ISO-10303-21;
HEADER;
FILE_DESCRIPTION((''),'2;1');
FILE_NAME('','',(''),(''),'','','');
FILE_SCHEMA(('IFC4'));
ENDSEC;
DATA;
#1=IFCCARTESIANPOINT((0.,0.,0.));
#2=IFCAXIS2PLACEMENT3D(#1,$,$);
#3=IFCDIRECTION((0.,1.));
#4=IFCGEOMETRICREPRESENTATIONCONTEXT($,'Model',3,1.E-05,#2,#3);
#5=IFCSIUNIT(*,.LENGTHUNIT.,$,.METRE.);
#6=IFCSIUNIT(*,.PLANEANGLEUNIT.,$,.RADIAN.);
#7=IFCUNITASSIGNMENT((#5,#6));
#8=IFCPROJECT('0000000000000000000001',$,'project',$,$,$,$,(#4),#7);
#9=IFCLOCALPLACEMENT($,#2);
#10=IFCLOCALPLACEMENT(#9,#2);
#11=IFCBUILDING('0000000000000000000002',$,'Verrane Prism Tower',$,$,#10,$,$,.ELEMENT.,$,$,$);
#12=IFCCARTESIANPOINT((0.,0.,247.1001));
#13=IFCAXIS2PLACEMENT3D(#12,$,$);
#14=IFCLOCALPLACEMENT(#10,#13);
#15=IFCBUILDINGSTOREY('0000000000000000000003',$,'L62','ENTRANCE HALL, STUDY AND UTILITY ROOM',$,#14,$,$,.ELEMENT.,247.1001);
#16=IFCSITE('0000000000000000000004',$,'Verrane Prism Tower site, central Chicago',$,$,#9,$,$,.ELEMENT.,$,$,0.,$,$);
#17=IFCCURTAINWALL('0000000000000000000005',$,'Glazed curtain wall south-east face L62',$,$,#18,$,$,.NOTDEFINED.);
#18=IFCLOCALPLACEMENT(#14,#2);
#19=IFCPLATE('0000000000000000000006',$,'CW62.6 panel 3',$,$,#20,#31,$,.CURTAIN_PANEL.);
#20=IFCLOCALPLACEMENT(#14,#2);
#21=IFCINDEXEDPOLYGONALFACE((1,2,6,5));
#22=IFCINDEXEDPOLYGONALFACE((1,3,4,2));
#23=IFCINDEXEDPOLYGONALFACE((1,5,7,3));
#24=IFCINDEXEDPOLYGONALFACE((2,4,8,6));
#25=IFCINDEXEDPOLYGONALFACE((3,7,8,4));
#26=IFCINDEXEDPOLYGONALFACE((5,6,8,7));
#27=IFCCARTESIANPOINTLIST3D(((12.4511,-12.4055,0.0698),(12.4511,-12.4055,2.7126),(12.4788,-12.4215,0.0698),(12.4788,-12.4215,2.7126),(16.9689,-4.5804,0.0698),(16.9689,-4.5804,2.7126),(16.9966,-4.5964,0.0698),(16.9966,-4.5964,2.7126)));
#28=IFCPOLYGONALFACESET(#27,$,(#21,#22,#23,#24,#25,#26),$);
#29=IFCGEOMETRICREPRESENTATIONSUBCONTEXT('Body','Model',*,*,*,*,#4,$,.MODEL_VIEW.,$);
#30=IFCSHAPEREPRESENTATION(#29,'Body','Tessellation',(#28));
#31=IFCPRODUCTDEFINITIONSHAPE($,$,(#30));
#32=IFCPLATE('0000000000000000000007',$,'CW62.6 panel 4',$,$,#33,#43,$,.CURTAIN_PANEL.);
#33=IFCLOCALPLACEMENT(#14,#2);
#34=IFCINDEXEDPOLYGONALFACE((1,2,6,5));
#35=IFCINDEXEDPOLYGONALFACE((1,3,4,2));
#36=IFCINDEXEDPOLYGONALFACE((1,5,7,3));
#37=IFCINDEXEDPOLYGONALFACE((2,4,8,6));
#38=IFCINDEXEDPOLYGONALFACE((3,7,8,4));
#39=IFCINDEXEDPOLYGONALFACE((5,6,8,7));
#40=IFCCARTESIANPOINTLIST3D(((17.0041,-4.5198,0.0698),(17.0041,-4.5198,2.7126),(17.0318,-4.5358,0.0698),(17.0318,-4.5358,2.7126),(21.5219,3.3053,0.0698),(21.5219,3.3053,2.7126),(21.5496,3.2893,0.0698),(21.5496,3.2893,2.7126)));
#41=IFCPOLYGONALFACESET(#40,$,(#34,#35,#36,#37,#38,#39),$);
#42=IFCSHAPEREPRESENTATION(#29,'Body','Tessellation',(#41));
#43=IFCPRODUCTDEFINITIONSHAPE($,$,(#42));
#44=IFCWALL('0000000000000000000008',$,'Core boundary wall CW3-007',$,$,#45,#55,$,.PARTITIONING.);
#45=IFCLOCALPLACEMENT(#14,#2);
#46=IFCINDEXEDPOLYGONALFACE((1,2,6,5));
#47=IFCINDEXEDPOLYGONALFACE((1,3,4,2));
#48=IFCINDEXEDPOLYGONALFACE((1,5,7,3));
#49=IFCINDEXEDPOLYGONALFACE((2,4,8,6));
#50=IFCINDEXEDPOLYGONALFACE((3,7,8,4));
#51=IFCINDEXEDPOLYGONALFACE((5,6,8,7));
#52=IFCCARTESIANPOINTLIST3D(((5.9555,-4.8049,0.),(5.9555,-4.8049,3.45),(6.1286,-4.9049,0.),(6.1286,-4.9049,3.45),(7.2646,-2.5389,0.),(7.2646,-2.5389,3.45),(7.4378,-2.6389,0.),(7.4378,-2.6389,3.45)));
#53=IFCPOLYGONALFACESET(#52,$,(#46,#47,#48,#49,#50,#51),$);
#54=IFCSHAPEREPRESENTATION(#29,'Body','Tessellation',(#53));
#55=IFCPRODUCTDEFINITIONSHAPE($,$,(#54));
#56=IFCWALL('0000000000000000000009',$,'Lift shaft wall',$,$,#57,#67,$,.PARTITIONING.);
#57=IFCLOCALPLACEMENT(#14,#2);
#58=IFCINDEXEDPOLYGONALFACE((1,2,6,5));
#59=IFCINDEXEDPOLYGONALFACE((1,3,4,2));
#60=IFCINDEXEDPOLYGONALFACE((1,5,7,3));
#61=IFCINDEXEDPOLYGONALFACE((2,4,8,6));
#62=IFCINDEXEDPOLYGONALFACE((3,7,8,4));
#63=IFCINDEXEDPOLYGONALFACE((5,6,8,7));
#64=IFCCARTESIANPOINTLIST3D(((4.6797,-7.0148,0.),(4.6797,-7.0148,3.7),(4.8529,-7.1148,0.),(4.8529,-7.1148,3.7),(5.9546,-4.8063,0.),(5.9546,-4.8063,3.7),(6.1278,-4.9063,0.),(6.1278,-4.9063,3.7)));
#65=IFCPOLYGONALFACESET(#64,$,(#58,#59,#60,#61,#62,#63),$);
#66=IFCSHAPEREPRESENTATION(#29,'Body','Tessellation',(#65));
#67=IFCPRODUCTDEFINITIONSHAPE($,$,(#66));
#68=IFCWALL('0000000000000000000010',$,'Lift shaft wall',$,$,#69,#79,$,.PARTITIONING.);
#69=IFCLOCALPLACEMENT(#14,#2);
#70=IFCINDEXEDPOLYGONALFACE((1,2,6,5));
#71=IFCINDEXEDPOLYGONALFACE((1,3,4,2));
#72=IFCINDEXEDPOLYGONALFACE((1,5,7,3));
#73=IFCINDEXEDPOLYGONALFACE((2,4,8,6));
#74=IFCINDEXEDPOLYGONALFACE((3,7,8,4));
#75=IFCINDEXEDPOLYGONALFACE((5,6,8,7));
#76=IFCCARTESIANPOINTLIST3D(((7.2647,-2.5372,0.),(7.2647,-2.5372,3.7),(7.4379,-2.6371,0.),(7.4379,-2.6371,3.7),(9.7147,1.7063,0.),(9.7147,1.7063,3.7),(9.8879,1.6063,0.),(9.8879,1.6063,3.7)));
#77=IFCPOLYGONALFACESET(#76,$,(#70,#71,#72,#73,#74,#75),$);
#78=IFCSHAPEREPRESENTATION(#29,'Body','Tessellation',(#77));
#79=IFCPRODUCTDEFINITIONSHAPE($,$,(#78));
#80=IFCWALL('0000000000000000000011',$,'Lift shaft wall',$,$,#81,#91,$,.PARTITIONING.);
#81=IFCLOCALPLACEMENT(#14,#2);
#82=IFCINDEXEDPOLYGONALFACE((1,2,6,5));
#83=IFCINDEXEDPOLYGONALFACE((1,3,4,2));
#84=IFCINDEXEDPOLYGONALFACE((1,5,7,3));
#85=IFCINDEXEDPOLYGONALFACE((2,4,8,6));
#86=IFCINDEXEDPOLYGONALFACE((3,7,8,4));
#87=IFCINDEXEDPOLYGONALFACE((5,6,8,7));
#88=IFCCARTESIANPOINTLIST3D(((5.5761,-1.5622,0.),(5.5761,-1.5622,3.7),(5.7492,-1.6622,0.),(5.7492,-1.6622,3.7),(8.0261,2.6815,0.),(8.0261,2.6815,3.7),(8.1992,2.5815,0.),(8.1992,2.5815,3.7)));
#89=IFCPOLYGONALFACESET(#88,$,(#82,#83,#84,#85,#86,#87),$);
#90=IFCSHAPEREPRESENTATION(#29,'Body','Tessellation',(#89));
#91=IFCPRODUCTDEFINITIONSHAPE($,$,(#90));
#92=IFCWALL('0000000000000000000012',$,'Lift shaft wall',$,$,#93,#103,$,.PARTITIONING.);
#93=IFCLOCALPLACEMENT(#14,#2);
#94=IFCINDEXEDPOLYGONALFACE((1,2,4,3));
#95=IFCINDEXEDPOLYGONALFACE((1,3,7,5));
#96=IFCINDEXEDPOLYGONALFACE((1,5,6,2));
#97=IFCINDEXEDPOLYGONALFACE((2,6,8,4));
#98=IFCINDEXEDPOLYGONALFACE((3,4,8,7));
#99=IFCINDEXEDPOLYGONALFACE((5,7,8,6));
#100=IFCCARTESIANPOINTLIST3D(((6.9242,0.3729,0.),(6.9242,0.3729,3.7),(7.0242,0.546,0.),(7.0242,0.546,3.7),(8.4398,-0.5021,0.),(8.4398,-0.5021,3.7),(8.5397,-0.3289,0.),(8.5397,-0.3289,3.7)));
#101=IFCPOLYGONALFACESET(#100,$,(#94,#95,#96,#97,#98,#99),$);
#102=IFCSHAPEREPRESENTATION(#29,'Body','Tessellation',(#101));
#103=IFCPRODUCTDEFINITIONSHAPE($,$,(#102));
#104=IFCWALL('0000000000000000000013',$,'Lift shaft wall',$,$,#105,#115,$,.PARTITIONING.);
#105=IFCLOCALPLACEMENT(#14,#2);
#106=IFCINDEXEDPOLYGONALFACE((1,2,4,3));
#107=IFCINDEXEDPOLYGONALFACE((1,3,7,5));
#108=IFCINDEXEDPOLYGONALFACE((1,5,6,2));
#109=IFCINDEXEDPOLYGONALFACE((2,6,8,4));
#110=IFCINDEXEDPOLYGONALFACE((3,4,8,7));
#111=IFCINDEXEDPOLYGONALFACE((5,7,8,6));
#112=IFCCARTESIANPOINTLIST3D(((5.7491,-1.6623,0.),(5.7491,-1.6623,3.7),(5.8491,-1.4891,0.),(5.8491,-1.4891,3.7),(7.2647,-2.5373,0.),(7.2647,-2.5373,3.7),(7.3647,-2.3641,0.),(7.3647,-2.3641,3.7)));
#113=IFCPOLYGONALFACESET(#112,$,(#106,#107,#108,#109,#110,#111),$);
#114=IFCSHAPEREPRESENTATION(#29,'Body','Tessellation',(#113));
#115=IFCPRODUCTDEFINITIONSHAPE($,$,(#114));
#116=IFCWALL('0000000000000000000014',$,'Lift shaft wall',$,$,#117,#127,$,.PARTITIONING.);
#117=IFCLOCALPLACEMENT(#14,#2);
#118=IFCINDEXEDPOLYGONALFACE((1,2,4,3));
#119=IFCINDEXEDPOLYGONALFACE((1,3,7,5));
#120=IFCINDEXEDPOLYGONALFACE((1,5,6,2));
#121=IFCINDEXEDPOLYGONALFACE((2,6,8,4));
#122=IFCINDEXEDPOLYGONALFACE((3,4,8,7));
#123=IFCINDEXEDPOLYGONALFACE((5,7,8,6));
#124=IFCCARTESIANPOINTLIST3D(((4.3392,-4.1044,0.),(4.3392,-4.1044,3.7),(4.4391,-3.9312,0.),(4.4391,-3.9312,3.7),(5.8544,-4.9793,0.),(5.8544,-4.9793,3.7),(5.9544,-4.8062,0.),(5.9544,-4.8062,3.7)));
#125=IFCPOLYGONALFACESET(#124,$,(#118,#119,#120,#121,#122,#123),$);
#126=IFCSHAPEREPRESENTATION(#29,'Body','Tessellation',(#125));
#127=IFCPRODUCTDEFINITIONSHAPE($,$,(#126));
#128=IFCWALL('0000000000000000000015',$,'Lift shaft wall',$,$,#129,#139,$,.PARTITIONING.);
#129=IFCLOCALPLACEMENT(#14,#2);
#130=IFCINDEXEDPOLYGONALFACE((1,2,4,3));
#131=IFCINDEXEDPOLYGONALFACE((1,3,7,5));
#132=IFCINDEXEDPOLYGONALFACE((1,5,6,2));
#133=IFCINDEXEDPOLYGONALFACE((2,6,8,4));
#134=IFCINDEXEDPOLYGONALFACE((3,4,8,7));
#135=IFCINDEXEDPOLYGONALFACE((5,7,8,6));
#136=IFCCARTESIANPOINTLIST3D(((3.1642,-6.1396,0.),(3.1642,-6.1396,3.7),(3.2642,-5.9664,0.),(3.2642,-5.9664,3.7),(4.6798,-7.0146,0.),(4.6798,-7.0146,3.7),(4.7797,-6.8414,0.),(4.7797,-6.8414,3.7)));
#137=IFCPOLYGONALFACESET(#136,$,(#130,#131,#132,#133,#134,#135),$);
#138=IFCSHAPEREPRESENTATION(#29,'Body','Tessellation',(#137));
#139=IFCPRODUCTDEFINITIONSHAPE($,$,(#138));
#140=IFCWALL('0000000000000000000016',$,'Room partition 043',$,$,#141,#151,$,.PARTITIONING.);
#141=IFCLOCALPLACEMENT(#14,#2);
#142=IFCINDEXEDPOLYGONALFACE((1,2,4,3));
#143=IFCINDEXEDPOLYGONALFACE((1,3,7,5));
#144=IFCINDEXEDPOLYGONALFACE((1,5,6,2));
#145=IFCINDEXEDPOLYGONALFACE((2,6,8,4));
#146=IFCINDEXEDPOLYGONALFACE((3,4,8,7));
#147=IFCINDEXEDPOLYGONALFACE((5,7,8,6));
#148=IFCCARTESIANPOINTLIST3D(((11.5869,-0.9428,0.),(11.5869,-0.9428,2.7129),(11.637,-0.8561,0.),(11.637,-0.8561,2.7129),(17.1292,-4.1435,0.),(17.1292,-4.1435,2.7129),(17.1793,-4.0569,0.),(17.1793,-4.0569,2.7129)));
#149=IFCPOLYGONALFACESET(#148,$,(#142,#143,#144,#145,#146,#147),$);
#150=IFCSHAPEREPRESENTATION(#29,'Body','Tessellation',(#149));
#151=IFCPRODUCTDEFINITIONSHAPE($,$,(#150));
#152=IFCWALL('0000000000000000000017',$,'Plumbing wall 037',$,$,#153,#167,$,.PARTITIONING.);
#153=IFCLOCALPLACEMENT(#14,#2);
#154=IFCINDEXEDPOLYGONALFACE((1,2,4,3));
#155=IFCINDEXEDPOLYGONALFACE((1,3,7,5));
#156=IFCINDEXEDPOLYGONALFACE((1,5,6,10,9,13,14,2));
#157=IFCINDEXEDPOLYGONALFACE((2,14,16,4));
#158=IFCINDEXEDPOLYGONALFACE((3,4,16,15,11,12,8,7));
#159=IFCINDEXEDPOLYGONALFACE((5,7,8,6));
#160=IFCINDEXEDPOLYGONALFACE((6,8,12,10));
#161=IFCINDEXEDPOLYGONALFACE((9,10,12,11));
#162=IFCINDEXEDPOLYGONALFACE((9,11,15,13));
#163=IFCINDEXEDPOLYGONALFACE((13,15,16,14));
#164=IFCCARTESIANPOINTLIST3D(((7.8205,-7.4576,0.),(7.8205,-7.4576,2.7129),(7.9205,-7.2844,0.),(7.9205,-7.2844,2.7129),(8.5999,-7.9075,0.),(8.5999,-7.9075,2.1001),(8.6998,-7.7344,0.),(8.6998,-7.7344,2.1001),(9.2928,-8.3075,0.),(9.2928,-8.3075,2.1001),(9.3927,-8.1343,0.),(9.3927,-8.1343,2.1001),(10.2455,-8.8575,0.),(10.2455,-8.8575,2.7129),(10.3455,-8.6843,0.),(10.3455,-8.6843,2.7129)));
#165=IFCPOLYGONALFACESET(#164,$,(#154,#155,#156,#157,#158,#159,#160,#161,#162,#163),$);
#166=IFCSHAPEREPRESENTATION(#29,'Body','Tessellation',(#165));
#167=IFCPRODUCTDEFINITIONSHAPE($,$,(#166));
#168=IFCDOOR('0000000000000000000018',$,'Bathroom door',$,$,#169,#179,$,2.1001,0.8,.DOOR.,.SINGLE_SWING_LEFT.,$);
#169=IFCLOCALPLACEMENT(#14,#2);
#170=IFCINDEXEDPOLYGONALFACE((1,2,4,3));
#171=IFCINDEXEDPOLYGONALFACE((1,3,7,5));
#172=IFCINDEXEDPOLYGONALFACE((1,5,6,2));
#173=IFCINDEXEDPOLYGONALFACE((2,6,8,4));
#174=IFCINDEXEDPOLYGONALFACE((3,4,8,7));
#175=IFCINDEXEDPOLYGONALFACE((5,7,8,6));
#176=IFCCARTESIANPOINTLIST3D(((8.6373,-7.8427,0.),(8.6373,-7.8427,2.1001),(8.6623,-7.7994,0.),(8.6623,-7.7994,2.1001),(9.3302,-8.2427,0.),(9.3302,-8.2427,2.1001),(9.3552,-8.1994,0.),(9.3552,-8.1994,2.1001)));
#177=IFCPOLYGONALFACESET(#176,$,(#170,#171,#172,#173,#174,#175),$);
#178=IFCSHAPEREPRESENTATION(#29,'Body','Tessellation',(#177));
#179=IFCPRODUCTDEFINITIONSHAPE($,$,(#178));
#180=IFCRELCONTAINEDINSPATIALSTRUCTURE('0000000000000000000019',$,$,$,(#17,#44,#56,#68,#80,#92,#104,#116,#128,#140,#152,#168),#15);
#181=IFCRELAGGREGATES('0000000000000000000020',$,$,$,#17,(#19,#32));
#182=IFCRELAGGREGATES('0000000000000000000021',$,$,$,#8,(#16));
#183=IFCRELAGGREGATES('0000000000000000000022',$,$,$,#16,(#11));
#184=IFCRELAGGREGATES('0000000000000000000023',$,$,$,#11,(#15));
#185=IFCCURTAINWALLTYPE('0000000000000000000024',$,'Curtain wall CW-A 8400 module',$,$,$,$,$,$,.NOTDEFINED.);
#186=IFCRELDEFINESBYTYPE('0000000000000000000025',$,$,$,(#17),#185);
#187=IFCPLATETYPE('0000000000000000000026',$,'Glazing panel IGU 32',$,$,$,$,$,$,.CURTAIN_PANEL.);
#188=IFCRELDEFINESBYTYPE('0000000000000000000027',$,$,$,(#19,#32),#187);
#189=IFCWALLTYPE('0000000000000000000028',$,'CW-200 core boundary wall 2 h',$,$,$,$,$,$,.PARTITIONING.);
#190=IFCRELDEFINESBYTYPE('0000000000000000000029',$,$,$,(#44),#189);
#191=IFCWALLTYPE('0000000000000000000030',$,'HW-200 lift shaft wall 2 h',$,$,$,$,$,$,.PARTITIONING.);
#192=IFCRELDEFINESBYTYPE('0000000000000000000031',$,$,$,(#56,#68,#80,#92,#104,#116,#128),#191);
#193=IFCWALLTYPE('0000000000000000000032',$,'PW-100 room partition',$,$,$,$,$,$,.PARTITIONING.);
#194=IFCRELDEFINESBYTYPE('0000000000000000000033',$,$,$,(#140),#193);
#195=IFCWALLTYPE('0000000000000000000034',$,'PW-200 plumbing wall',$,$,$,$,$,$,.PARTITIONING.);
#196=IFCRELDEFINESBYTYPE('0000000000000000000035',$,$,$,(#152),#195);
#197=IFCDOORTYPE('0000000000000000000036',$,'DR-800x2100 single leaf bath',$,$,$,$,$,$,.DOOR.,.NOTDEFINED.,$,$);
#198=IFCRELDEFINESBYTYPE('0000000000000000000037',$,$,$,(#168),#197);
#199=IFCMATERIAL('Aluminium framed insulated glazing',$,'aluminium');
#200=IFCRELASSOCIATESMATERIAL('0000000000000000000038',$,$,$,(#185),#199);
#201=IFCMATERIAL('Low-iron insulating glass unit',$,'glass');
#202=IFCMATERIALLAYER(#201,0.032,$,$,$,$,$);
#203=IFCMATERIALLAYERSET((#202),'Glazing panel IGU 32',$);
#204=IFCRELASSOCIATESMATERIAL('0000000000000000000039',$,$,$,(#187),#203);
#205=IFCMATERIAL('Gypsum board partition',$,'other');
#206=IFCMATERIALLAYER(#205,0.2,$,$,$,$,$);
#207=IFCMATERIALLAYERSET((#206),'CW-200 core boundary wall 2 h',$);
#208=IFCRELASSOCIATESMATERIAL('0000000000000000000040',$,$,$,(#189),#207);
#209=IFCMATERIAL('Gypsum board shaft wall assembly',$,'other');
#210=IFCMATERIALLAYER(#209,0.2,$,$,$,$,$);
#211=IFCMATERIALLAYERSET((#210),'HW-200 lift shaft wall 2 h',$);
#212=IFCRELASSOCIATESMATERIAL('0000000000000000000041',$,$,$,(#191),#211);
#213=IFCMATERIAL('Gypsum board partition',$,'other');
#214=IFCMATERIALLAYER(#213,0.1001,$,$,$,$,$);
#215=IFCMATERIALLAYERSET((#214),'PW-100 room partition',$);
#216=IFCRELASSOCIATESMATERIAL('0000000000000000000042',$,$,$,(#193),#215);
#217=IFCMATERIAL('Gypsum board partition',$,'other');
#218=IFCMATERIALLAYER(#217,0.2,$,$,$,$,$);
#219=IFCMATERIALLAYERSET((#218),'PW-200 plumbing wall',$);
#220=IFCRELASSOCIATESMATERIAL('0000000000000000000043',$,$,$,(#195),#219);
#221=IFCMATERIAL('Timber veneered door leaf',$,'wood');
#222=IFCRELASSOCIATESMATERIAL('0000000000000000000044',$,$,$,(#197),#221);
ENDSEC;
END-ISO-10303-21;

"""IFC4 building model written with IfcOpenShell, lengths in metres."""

from ifc_helpers import new_model, si_unit, direction, frame, frame_2d, origin, origin_2d, place, context, subcontext, project, spatial, rectangle, extrude, material, layer, layer_set, type_object, element, fill, aggregate, save


model = new_model("IFC4")

# Units and contexts
model_context = context("Model", 3, precision=1e-05, world=origin(), true_north=direction((0.0, 1.0)))
body_context = subcontext(model_context, "Body", "Model", "MODEL_VIEW")
ifc_project = project(units=[si_unit("LENGTHUNIT", "METRE"), si_unit("PLANEANGLEUNIT", "RADIAN")], contexts=[model_context])

# Site, building, storey
site_placement = place(None, origin())
site = spatial("IfcSite", under=ifc_project, at=site_placement, Name="Verrane Prism Tower site, central Chicago", CompositionType="ELEMENT", RefElevation=0.0)
building_placement = place(site_placement, origin())
building = spatial("IfcBuilding", under=site, at=building_placement, Name="Verrane Prism Tower", CompositionType="ELEMENT")
storey_placement = place(building_placement, frame((0.0, 0.0, 247.1001)))
storey = spatial("IfcBuildingStorey", under=building, at=storey_placement, Name="L62", Description="ENTRANCE HALL, STUDY AND UTILITY ROOM", CompositionType="ELEMENT", Elevation=247.1001)

# Curtain wall
ifc_material_1 = material(Name="Aluminium framed insulated glazing", Category="aluminium")
curtain_wall_type = type_object("IfcCurtainWallType", Name="Curtain wall CW-A 8400 module", PredefinedType="NOTDEFINED", material=ifc_material_1)
curtain_wall_placement = place(storey_placement, origin())
curtain_wall = element("IfcCurtainWall", 1, at=curtain_wall_placement, inside=storey, type_object=curtain_wall_type, Name="Glazed curtain wall south-east face L62", PredefinedType="NOTDEFINED")

# Plates
ifc_material_2 = material(Name="Low-iron insulating glass unit", Category="glass")
ifc_layer_1 = layer(ifc_material_2, 0.032)
ifc_layer_set_1 = layer_set([ifc_layer_1], Name="Glazing panel IGU 32")
plate_type = type_object("IfcPlateType", Name="Glazing panel IGU 32", PredefinedType="CURTAIN_PANEL", material=ifc_layer_set_1)
plate_1_placement = place(storey_placement, frame((14.7239, -8.501, 0.0698), z_axis=(0.0, 0.0, 1.0), x_axis=(0.5, 0.866026, 0.0)))
plate_1 = element("IfcPlate", 2, at=plate_1_placement, type_object=plate_type, Name="CW62.6 panel 3", PredefinedType="CURTAIN_PANEL", context=body_context, shape_type="SweptSolid", body=[
    extrude(rectangle(XDim=9.0356, YDim=0.032, at=origin_2d()), origin(), (0.0, 0.0, 1.0), 2.6428),
])
plate_2_placement = place(storey_placement, frame((19.2769, -0.6152, 0.0698), z_axis=(0.0, 0.0, 1.0), x_axis=(0.5, 0.866026, 0.0)))
plate_2 = element("IfcPlate", 3, at=plate_2_placement, type_object=plate_type, Name="CW62.6 panel 4", PredefinedType="CURTAIN_PANEL", context=body_context, shape_type="SweptSolid", body=[
    extrude(rectangle(XDim=9.0356, YDim=0.032, at=origin_2d()), origin(), (0.0, 0.0, 1.0), 2.6428),
])
aggregate(curtain_wall, [plate_1, plate_2])

# Walls
ifc_material_3 = material(Name="Gypsum board partition", Category="other")
ifc_layer_2 = layer(ifc_material_3, 0.2)
ifc_layer_set_2 = layer_set([ifc_layer_2], Name="CW-200 core boundary wall 2 h")
wall_type_1 = type_object("IfcWallType", Name="CW-200 core boundary wall 2 h", PredefinedType="PARTITIONING", material=ifc_layer_set_2)
wall_1_placement = place(storey_placement, frame((6.042, -4.855, 0.0), z_axis=(0.0, 0.0, 1.0), x_axis=(0.500253, 0.865879, 0.0)))
element("IfcWall", 4, at=wall_1_placement, inside=storey, type_object=wall_type_1, Name="Core boundary wall CW3-007", PredefinedType="PARTITIONING", context=body_context, shape_type="SweptSolid", body=[
    extrude(rectangle(XDim=2.6169, YDim=0.2, at=frame_2d((1.3086, 0.0))), origin(), (0.0, 0.0, 1.0), 3.45),
])
ifc_material_4 = material(Name="Gypsum board shaft wall assembly", Category="other")
ifc_layer_3 = layer(ifc_material_4, 0.2)
ifc_layer_set_3 = layer_set([ifc_layer_3], Name="HW-200 lift shaft wall 2 h")
wall_type_2 = type_object("IfcWallType", Name="HW-200 lift shaft wall 2 h", PredefinedType="PARTITIONING", material=ifc_layer_set_3)
wall_2_placement = place(storey_placement, frame((4.7664, -7.0647, 0.0), z_axis=(0.0, 0.0, 1.0), x_axis=(0.499949, 0.866055, 0.0)))
element("IfcWall", 5, at=wall_2_placement, inside=storey, type_object=wall_type_2, Name="Lift shaft wall", PredefinedType="PARTITIONING", context=body_context, shape_type="SweptSolid", body=[
    extrude(rectangle(XDim=2.55, YDim=0.2, at=frame_2d((1.2749, 0.0))), origin(), (0.0, 0.0, 1.0), 3.7),
])
wall_3_placement = place(storey_placement, frame((7.3513, -2.5872, 0.0), z_axis=(0.0, 0.0, 1.0), x_axis=(0.500003, 0.866024, 0.0)))
element("IfcWall", 6, at=wall_3_placement, inside=storey, type_object=wall_type_2, Name="Lift shaft wall", PredefinedType="PARTITIONING", context=body_context, shape_type="SweptSolid", body=[
    extrude(rectangle(XDim=4.8999, YDim=0.2, at=frame_2d((2.45, 0.0))), origin(), (0.0, 0.0, 1.0), 3.7),
])
wall_4_placement = place(storey_placement, frame((5.6626, -1.6123, 0.0), z_axis=(0.0, 0.0, 1.0), x_axis=(0.499981, 0.866036, 0.0)))
element("IfcWall", 7, at=wall_4_placement, inside=storey, type_object=wall_type_2, Name="Lift shaft wall", PredefinedType="PARTITIONING", context=body_context, shape_type="SweptSolid", body=[
    extrude(rectangle(XDim=4.9001, YDim=0.2, at=frame_2d((2.4502, 0.0))), origin(), (0.0, 0.0, 1.0), 3.7),
])
for number, where, z_axis, x_axis, name in (
    (8, (8.4897, -0.4155, 0.0), (0.0, 0.0, 1.0), (-0.866037, 0.49998, 0.0), "Lift shaft wall"),
    (9, (7.3147, -2.4507, 0.0), (0.0, 0.0, 1.0), (-0.866037, 0.49998, 0.0), "Lift shaft wall"),
):
    element("IfcWall", number, at=place(storey_placement, frame(where, z_axis=z_axis, x_axis=x_axis)), inside=storey, type_object=wall_type_2, Name=name, PredefinedType="PARTITIONING", context=body_context, shape_type="SweptSolid", body=[
        extrude(rectangle(XDim=1.75, YDim=0.2, at=frame_2d((0.875, 0.0))), origin(), (0.0, 0.0, 1.0), 3.7),
    ])
wall_5_placement = place(storey_placement, frame((5.9045, -4.8928, 0.0), z_axis=(0.0, 0.0, 1.0), x_axis=(-0.866002, 0.50004, 0.0)))
element("IfcWall", 10, at=wall_5_placement, inside=storey, type_object=wall_type_2, Name="Lift shaft wall", PredefinedType="PARTITIONING", context=body_context, shape_type="SweptSolid", body=[
    extrude(rectangle(XDim=1.7498, YDim=0.2, at=frame_2d((0.875, 0.0))), origin(), (0.0, 0.0, 1.0), 3.7),
])
wall_6_placement = place(storey_placement, frame((4.7297, -6.928, 0.0), z_axis=(0.0, 0.0, 1.0), x_axis=(-0.866037, 0.49998, 0.0)))
element("IfcWall", 11, at=wall_6_placement, inside=storey, type_object=wall_type_2, Name="Lift shaft wall", PredefinedType="PARTITIONING", context=body_context, shape_type="SweptSolid", body=[
    extrude(rectangle(XDim=1.75, YDim=0.2, at=frame_2d((0.875, 0.0))), origin(), (0.0, 0.0, 1.0), 3.7),
])
ifc_material_5 = material(Name="Gypsum board partition", Category="other")
ifc_layer_4 = layer(ifc_material_5, 0.1001)
ifc_layer_set_4 = layer_set([ifc_layer_4], Name="PW-100 room partition")
wall_type_3 = type_object("IfcWallType", Name="PW-100 room partition", PredefinedType="PARTITIONING", material=ifc_layer_set_4)
wall_7_placement = place(storey_placement, frame((11.6118, -0.8994, 0.0), z_axis=(0.0, 0.0, 1.0), x_axis=(0.865966, -0.500102, 0.0)))
element("IfcWall", 12, at=wall_7_placement, inside=storey, type_object=wall_type_3, Name="Room partition 043", PredefinedType="PARTITIONING", context=body_context, shape_type="SweptSolid", body=[
    extrude(rectangle(XDim=6.4001, YDim=0.1001, at=frame_2d((3.2002, 0.0))), origin(), (0.0, 0.0, 1.0), 2.7129),
])

# Wall, opening, door
ifc_material_6 = material(Name="Gypsum board partition", Category="other")
ifc_layer_5 = layer(ifc_material_6, 0.2)
ifc_layer_set_5 = layer_set([ifc_layer_5], Name="PW-200 plumbing wall")
wall_type_4 = type_object("IfcWallType", Name="PW-200 plumbing wall", PredefinedType="PARTITIONING", material=ifc_layer_set_5)
wall_8_placement = place(storey_placement, frame((7.8706, -7.3711, 0.0), z_axis=(0.0, 0.0, 1.0), x_axis=(0.866056, -0.499946, 0.0)))
wall_8 = element("IfcWall", 13, at=wall_8_placement, inside=storey, type_object=wall_type_4, Name="Plumbing wall 037", PredefinedType="PARTITIONING", context=body_context, shape_type="SweptSolid", body=[
    extrude(rectangle(XDim=2.8, YDim=0.2, at=frame_2d((1.3999, 0.0))), origin(), (0.0, 0.0, 1.0), 2.7129),
])
opening_placement = place(wall_8_placement, frame((0.8999, 0.0, 0.0)))
opening = element("IfcOpeningElement", 14, at=opening_placement, cuts=wall_8, PredefinedType="OPENING", context=body_context, shape_type="SweptSolid", body=[
    extrude(rectangle(XDim=0.8, YDim=2.1001, at=frame_2d((0.3999, 1.05))), frame((0.0, 0.1099, 0.0), z_axis=(0.0, -1.0, 0.0), x_axis=(1.0, 0.0, 0.0)), (0.0, 0.0, 1.0), 0.22),
])
ifc_material_7 = material(Name="Timber veneered door leaf", Category="wood")
door_type = type_object("IfcDoorType", Name="DR-800x2100 single leaf bath", OperationType="NOTDEFINED", PredefinedType="DOOR", material=ifc_material_7)
door_placement = place(opening_placement, origin())
door = element("IfcDoor", 15, at=door_placement, inside=storey, type_object=door_type, Name="Bathroom door", OperationType="SINGLE_SWING_LEFT", OverallHeight=2.1001, OverallWidth=0.8, PredefinedType="DOOR", context=body_context, shape_type="SweptSolid", body=[
    extrude(rectangle(XDim=0.8, YDim=2.1001, at=frame_2d((0.3999, 1.05))), frame((0.0, 0.0249, 0.0), z_axis=(0.0, -1.0, 0.0), x_axis=(1.0, 0.0, 0.0)), (0.0, 0.0, 1.0), 0.05),
])
fill(opening, door)

save(model, "model.ifc")
